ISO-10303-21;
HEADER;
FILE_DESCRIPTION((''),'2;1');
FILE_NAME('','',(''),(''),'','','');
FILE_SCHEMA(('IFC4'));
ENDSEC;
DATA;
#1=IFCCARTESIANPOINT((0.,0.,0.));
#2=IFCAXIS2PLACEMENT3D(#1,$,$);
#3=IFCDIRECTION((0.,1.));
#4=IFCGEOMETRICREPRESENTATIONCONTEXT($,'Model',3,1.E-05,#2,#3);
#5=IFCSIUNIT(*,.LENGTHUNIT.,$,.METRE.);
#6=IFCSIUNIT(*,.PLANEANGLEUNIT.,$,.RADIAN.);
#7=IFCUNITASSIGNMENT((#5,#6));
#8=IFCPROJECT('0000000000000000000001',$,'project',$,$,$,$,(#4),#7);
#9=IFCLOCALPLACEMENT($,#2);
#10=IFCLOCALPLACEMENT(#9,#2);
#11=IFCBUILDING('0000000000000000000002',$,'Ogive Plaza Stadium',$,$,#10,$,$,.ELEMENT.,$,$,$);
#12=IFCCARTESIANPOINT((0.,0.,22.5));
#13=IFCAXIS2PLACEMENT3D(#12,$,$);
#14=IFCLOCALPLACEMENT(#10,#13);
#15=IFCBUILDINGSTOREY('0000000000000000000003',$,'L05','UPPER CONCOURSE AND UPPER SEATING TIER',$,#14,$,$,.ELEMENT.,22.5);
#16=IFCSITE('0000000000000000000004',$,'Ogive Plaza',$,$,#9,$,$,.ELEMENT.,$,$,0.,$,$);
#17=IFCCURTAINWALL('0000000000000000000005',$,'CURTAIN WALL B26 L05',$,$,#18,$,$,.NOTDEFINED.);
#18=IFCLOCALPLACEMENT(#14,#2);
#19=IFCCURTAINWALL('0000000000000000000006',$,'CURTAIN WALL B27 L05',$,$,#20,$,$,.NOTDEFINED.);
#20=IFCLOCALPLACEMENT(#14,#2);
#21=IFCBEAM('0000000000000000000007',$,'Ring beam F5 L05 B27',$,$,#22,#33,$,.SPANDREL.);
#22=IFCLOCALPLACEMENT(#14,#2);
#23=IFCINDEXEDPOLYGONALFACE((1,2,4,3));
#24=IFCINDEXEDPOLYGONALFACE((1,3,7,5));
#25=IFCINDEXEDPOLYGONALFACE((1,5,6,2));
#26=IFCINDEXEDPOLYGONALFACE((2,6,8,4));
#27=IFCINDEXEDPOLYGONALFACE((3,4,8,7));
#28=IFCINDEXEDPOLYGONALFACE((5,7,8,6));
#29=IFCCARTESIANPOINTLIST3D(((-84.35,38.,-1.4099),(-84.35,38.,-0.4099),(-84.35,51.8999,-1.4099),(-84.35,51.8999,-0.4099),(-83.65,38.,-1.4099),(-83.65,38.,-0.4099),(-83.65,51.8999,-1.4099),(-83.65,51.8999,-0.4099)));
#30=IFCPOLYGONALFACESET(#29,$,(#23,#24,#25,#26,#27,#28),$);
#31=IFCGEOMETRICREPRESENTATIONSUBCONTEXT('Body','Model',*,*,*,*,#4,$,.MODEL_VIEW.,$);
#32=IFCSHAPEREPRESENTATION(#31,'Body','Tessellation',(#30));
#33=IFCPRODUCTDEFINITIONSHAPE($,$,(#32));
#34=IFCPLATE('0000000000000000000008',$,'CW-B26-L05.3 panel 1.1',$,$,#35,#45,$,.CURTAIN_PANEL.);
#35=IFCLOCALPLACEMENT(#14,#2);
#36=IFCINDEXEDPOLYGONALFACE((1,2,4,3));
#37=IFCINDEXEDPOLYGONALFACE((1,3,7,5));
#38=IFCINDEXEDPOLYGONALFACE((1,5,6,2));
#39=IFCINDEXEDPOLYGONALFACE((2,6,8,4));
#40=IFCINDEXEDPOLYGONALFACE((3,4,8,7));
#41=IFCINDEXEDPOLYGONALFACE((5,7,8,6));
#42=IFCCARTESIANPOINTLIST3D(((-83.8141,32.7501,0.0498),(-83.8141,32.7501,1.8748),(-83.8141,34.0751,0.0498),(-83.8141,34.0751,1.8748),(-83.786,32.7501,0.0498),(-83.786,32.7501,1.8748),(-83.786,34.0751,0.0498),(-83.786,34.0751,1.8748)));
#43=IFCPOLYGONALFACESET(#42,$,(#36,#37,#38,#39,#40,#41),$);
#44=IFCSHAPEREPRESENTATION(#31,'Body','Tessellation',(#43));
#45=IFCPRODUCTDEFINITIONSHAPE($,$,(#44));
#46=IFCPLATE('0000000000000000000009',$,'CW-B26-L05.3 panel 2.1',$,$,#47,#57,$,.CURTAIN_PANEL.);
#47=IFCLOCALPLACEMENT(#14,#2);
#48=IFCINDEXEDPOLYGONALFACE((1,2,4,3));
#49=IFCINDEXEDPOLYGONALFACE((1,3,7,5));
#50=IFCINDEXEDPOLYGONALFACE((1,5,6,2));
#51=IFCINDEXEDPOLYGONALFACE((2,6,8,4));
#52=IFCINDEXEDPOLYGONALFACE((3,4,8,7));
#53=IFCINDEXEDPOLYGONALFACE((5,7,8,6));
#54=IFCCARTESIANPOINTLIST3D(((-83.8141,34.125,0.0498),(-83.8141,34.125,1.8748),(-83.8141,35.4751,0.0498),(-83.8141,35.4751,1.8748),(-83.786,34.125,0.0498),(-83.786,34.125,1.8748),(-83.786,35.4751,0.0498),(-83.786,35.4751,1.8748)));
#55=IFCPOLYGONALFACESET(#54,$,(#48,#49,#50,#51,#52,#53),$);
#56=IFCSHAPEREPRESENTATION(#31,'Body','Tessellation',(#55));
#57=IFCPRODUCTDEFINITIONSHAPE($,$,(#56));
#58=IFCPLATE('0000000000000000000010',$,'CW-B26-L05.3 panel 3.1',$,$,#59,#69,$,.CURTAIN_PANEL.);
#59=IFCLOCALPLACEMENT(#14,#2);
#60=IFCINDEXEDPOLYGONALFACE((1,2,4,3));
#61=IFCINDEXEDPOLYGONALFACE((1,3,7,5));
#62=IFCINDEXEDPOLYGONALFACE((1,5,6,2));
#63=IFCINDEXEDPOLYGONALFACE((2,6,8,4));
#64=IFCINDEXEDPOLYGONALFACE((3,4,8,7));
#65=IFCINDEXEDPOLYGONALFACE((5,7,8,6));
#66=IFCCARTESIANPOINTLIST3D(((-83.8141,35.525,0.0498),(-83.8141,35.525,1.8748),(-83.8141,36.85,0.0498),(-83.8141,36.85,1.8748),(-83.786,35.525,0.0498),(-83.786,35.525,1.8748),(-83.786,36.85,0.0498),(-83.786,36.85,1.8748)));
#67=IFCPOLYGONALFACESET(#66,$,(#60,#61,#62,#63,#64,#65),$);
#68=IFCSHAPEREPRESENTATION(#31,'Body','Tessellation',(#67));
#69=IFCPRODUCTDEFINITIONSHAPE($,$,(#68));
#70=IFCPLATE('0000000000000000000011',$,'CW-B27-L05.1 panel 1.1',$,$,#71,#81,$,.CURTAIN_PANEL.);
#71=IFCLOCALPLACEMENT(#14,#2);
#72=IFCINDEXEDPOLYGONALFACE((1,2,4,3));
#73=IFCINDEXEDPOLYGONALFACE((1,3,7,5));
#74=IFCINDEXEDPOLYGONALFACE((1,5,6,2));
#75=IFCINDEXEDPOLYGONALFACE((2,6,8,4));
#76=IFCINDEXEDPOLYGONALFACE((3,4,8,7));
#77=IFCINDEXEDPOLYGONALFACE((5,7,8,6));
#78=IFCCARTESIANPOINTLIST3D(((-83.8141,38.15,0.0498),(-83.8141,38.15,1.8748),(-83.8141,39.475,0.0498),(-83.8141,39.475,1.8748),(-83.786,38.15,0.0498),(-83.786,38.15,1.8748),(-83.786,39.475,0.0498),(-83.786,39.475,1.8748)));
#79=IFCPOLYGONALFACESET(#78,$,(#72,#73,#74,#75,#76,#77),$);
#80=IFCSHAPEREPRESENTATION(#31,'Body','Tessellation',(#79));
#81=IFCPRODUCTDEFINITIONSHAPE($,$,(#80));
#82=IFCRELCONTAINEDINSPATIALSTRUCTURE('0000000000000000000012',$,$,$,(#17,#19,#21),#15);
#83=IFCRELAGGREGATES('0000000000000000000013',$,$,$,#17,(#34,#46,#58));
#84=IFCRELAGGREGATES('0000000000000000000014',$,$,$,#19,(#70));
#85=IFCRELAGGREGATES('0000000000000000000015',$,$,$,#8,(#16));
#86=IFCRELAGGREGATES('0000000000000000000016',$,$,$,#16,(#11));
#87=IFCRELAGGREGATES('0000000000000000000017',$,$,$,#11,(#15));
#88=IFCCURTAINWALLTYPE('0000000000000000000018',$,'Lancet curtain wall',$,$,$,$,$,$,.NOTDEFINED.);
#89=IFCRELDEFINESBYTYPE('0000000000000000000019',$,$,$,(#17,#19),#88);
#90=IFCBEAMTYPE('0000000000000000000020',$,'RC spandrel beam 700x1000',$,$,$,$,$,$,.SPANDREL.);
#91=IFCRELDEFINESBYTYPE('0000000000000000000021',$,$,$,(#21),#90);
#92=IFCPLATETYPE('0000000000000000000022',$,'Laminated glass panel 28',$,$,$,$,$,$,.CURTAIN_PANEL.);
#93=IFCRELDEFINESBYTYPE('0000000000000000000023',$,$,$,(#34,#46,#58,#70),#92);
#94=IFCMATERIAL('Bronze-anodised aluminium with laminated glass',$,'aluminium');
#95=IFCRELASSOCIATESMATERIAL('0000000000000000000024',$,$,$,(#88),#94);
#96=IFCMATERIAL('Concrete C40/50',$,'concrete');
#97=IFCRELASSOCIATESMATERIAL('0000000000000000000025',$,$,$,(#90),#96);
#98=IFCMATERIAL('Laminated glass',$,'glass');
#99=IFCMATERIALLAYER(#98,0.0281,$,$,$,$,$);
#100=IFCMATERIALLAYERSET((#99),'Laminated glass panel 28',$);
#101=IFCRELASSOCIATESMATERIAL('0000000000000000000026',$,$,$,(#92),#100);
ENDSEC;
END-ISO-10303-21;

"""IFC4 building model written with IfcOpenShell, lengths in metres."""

from ifc_helpers import new_model, si_unit, direction, frame, origin, origin_2d, place, context, subcontext, project, spatial, rectangle, extrude, material, layer, layer_set, material_profile, profile_set, type_object, element, aggregate, save


model = new_model("IFC4")

# Units and contexts
model_context = context("Model", 3, precision=1e-05, world=origin(), true_north=direction((0.0, 1.0)))
body_context = subcontext(model_context, "Body", "Model", "MODEL_VIEW")
ifc_project = project(units=[si_unit("LENGTHUNIT", "METRE"), si_unit("PLANEANGLEUNIT", "RADIAN")], contexts=[model_context])

# Site, building, storey
site_placement = place(None, origin())
site = spatial("IfcSite", under=ifc_project, at=site_placement, Name="Ogive Plaza", CompositionType="ELEMENT", RefElevation=0.0)
building_placement = place(site_placement, origin())
building = spatial("IfcBuilding", under=site, at=building_placement, Name="Ogive Plaza Stadium", CompositionType="ELEMENT")
storey_placement = place(building_placement, frame((0.0, 0.0, 22.5)))
storey = spatial("IfcBuildingStorey", under=building, at=storey_placement, Name="L05", Description="UPPER CONCOURSE AND UPPER SEATING TIER", CompositionType="ELEMENT", Elevation=22.5)

# Curtain wall
ifc_material_1 = material(Name="Bronze-anodised aluminium with laminated glass", Category="aluminium")
curtain_wall_type = type_object("IfcCurtainWallType", Name="Lancet curtain wall", PredefinedType="NOTDEFINED", material=ifc_material_1)
curtain_wall_1_placement = place(storey_placement, origin())
curtain_wall_1 = element("IfcCurtainWall", 1, at=curtain_wall_1_placement, inside=storey, type_object=curtain_wall_type, Name="CURTAIN WALL B26 L05", PredefinedType="NOTDEFINED")

# Curtain wall
curtain_wall_2_placement = place(storey_placement, origin())
curtain_wall_2 = element("IfcCurtainWall", 2, at=curtain_wall_2_placement, inside=storey, type_object=curtain_wall_type, Name="CURTAIN WALL B27 L05", PredefinedType="NOTDEFINED")

# Beam
ifc_material_2 = material(Name="Concrete C40/50", Category="concrete")
ifc_material_profile_1 = material_profile(ifc_material_2, rectangle(XDim=0.7, YDim=1.0, at=origin_2d()), Name="RC 700x1000")
ifc_profile_set_1 = profile_set([ifc_material_profile_1], Name="Concrete C40/50")
beam_type = type_object("IfcBeamType", Name="RC spandrel beam 700x1000", PredefinedType="SPANDREL", material=ifc_profile_set_1)
beam_placement = place(storey_placement, frame((-84.0, 38.0, -0.9099), z_axis=(0.0, 1.0, 0.0), x_axis=(-1.0, 0.0, 0.0)))
element("IfcBeam", 3, at=beam_placement, inside=storey, type_object=beam_type, Name="Ring beam F5 L05 B27", PredefinedType="SPANDREL", context=body_context, shape_type="SweptSolid", body=[
    extrude(rectangle(XDim=0.7, YDim=1.0, at=origin_2d()), origin(), (0.0, 0.0, 1.0), 13.8999),
])

# Plates
ifc_material_3 = material(Name="Laminated glass", Category="glass")
ifc_layer = layer(ifc_material_3, 0.0281)
ifc_layer_set = layer_set([ifc_layer], Name="Laminated glass panel 28")
plate_type = type_object("IfcPlateType", Name="Laminated glass panel 28", PredefinedType="CURTAIN_PANEL", material=ifc_layer_set)
plate_1_placement = place(storey_placement, frame((-83.8, 33.4126, 0.0498), z_axis=(0.0, 0.0, 1.0), x_axis=(0.0, 1.0, 0.0)))
plate_1 = element("IfcPlate", 4, at=plate_1_placement, type_object=plate_type, Name="CW-B26-L05.3 panel 1.1", PredefinedType="CURTAIN_PANEL", context=body_context, shape_type="SweptSolid", body=[
    extrude(rectangle(XDim=1.325, YDim=0.0281, at=origin_2d()), origin(), (0.0, 0.0, 1.0), 1.825),
])
plate_2_placement = place(storey_placement, frame((-83.8, 34.8, 0.0498), z_axis=(0.0, 0.0, 1.0), x_axis=(0.0, 1.0, 0.0)))
plate_2 = element("IfcPlate", 5, at=plate_2_placement, type_object=plate_type, Name="CW-B26-L05.3 panel 2.1", PredefinedType="CURTAIN_PANEL", context=body_context, shape_type="SweptSolid", body=[
    extrude(rectangle(XDim=1.3501, YDim=0.0281, at=origin_2d()), origin(), (0.0, 0.0, 1.0), 1.825),
])
plate_3_placement = place(storey_placement, frame((-83.8, 36.1875, 0.0498), z_axis=(0.0, 0.0, 1.0), x_axis=(0.0, 1.0, 0.0)))
plate_3 = element("IfcPlate", 6, at=plate_3_placement, type_object=plate_type, Name="CW-B26-L05.3 panel 3.1", PredefinedType="CURTAIN_PANEL", context=body_context, shape_type="SweptSolid", body=[
    extrude(rectangle(XDim=1.325, YDim=0.0281, at=origin_2d()), origin(), (0.0, 0.0, 1.0), 1.825),
])
aggregate(curtain_wall_1, [plate_1, plate_2, plate_3])
plate_4_placement = place(storey_placement, frame((-83.8, 38.8125, 0.0498), z_axis=(0.0, 0.0, 1.0), x_axis=(0.0, 1.0, 0.0)))
plate_4 = element("IfcPlate", 7, at=plate_4_placement, type_object=plate_type, Name="CW-B27-L05.1 panel 1.1", PredefinedType="CURTAIN_PANEL", context=body_context, shape_type="SweptSolid", body=[
    extrude(rectangle(XDim=1.325, YDim=0.0281, at=origin_2d()), origin(), (0.0, 0.0, 1.0), 1.825),
])
aggregate(curtain_wall_2, [plate_4])

save(model, "model.ifc")
